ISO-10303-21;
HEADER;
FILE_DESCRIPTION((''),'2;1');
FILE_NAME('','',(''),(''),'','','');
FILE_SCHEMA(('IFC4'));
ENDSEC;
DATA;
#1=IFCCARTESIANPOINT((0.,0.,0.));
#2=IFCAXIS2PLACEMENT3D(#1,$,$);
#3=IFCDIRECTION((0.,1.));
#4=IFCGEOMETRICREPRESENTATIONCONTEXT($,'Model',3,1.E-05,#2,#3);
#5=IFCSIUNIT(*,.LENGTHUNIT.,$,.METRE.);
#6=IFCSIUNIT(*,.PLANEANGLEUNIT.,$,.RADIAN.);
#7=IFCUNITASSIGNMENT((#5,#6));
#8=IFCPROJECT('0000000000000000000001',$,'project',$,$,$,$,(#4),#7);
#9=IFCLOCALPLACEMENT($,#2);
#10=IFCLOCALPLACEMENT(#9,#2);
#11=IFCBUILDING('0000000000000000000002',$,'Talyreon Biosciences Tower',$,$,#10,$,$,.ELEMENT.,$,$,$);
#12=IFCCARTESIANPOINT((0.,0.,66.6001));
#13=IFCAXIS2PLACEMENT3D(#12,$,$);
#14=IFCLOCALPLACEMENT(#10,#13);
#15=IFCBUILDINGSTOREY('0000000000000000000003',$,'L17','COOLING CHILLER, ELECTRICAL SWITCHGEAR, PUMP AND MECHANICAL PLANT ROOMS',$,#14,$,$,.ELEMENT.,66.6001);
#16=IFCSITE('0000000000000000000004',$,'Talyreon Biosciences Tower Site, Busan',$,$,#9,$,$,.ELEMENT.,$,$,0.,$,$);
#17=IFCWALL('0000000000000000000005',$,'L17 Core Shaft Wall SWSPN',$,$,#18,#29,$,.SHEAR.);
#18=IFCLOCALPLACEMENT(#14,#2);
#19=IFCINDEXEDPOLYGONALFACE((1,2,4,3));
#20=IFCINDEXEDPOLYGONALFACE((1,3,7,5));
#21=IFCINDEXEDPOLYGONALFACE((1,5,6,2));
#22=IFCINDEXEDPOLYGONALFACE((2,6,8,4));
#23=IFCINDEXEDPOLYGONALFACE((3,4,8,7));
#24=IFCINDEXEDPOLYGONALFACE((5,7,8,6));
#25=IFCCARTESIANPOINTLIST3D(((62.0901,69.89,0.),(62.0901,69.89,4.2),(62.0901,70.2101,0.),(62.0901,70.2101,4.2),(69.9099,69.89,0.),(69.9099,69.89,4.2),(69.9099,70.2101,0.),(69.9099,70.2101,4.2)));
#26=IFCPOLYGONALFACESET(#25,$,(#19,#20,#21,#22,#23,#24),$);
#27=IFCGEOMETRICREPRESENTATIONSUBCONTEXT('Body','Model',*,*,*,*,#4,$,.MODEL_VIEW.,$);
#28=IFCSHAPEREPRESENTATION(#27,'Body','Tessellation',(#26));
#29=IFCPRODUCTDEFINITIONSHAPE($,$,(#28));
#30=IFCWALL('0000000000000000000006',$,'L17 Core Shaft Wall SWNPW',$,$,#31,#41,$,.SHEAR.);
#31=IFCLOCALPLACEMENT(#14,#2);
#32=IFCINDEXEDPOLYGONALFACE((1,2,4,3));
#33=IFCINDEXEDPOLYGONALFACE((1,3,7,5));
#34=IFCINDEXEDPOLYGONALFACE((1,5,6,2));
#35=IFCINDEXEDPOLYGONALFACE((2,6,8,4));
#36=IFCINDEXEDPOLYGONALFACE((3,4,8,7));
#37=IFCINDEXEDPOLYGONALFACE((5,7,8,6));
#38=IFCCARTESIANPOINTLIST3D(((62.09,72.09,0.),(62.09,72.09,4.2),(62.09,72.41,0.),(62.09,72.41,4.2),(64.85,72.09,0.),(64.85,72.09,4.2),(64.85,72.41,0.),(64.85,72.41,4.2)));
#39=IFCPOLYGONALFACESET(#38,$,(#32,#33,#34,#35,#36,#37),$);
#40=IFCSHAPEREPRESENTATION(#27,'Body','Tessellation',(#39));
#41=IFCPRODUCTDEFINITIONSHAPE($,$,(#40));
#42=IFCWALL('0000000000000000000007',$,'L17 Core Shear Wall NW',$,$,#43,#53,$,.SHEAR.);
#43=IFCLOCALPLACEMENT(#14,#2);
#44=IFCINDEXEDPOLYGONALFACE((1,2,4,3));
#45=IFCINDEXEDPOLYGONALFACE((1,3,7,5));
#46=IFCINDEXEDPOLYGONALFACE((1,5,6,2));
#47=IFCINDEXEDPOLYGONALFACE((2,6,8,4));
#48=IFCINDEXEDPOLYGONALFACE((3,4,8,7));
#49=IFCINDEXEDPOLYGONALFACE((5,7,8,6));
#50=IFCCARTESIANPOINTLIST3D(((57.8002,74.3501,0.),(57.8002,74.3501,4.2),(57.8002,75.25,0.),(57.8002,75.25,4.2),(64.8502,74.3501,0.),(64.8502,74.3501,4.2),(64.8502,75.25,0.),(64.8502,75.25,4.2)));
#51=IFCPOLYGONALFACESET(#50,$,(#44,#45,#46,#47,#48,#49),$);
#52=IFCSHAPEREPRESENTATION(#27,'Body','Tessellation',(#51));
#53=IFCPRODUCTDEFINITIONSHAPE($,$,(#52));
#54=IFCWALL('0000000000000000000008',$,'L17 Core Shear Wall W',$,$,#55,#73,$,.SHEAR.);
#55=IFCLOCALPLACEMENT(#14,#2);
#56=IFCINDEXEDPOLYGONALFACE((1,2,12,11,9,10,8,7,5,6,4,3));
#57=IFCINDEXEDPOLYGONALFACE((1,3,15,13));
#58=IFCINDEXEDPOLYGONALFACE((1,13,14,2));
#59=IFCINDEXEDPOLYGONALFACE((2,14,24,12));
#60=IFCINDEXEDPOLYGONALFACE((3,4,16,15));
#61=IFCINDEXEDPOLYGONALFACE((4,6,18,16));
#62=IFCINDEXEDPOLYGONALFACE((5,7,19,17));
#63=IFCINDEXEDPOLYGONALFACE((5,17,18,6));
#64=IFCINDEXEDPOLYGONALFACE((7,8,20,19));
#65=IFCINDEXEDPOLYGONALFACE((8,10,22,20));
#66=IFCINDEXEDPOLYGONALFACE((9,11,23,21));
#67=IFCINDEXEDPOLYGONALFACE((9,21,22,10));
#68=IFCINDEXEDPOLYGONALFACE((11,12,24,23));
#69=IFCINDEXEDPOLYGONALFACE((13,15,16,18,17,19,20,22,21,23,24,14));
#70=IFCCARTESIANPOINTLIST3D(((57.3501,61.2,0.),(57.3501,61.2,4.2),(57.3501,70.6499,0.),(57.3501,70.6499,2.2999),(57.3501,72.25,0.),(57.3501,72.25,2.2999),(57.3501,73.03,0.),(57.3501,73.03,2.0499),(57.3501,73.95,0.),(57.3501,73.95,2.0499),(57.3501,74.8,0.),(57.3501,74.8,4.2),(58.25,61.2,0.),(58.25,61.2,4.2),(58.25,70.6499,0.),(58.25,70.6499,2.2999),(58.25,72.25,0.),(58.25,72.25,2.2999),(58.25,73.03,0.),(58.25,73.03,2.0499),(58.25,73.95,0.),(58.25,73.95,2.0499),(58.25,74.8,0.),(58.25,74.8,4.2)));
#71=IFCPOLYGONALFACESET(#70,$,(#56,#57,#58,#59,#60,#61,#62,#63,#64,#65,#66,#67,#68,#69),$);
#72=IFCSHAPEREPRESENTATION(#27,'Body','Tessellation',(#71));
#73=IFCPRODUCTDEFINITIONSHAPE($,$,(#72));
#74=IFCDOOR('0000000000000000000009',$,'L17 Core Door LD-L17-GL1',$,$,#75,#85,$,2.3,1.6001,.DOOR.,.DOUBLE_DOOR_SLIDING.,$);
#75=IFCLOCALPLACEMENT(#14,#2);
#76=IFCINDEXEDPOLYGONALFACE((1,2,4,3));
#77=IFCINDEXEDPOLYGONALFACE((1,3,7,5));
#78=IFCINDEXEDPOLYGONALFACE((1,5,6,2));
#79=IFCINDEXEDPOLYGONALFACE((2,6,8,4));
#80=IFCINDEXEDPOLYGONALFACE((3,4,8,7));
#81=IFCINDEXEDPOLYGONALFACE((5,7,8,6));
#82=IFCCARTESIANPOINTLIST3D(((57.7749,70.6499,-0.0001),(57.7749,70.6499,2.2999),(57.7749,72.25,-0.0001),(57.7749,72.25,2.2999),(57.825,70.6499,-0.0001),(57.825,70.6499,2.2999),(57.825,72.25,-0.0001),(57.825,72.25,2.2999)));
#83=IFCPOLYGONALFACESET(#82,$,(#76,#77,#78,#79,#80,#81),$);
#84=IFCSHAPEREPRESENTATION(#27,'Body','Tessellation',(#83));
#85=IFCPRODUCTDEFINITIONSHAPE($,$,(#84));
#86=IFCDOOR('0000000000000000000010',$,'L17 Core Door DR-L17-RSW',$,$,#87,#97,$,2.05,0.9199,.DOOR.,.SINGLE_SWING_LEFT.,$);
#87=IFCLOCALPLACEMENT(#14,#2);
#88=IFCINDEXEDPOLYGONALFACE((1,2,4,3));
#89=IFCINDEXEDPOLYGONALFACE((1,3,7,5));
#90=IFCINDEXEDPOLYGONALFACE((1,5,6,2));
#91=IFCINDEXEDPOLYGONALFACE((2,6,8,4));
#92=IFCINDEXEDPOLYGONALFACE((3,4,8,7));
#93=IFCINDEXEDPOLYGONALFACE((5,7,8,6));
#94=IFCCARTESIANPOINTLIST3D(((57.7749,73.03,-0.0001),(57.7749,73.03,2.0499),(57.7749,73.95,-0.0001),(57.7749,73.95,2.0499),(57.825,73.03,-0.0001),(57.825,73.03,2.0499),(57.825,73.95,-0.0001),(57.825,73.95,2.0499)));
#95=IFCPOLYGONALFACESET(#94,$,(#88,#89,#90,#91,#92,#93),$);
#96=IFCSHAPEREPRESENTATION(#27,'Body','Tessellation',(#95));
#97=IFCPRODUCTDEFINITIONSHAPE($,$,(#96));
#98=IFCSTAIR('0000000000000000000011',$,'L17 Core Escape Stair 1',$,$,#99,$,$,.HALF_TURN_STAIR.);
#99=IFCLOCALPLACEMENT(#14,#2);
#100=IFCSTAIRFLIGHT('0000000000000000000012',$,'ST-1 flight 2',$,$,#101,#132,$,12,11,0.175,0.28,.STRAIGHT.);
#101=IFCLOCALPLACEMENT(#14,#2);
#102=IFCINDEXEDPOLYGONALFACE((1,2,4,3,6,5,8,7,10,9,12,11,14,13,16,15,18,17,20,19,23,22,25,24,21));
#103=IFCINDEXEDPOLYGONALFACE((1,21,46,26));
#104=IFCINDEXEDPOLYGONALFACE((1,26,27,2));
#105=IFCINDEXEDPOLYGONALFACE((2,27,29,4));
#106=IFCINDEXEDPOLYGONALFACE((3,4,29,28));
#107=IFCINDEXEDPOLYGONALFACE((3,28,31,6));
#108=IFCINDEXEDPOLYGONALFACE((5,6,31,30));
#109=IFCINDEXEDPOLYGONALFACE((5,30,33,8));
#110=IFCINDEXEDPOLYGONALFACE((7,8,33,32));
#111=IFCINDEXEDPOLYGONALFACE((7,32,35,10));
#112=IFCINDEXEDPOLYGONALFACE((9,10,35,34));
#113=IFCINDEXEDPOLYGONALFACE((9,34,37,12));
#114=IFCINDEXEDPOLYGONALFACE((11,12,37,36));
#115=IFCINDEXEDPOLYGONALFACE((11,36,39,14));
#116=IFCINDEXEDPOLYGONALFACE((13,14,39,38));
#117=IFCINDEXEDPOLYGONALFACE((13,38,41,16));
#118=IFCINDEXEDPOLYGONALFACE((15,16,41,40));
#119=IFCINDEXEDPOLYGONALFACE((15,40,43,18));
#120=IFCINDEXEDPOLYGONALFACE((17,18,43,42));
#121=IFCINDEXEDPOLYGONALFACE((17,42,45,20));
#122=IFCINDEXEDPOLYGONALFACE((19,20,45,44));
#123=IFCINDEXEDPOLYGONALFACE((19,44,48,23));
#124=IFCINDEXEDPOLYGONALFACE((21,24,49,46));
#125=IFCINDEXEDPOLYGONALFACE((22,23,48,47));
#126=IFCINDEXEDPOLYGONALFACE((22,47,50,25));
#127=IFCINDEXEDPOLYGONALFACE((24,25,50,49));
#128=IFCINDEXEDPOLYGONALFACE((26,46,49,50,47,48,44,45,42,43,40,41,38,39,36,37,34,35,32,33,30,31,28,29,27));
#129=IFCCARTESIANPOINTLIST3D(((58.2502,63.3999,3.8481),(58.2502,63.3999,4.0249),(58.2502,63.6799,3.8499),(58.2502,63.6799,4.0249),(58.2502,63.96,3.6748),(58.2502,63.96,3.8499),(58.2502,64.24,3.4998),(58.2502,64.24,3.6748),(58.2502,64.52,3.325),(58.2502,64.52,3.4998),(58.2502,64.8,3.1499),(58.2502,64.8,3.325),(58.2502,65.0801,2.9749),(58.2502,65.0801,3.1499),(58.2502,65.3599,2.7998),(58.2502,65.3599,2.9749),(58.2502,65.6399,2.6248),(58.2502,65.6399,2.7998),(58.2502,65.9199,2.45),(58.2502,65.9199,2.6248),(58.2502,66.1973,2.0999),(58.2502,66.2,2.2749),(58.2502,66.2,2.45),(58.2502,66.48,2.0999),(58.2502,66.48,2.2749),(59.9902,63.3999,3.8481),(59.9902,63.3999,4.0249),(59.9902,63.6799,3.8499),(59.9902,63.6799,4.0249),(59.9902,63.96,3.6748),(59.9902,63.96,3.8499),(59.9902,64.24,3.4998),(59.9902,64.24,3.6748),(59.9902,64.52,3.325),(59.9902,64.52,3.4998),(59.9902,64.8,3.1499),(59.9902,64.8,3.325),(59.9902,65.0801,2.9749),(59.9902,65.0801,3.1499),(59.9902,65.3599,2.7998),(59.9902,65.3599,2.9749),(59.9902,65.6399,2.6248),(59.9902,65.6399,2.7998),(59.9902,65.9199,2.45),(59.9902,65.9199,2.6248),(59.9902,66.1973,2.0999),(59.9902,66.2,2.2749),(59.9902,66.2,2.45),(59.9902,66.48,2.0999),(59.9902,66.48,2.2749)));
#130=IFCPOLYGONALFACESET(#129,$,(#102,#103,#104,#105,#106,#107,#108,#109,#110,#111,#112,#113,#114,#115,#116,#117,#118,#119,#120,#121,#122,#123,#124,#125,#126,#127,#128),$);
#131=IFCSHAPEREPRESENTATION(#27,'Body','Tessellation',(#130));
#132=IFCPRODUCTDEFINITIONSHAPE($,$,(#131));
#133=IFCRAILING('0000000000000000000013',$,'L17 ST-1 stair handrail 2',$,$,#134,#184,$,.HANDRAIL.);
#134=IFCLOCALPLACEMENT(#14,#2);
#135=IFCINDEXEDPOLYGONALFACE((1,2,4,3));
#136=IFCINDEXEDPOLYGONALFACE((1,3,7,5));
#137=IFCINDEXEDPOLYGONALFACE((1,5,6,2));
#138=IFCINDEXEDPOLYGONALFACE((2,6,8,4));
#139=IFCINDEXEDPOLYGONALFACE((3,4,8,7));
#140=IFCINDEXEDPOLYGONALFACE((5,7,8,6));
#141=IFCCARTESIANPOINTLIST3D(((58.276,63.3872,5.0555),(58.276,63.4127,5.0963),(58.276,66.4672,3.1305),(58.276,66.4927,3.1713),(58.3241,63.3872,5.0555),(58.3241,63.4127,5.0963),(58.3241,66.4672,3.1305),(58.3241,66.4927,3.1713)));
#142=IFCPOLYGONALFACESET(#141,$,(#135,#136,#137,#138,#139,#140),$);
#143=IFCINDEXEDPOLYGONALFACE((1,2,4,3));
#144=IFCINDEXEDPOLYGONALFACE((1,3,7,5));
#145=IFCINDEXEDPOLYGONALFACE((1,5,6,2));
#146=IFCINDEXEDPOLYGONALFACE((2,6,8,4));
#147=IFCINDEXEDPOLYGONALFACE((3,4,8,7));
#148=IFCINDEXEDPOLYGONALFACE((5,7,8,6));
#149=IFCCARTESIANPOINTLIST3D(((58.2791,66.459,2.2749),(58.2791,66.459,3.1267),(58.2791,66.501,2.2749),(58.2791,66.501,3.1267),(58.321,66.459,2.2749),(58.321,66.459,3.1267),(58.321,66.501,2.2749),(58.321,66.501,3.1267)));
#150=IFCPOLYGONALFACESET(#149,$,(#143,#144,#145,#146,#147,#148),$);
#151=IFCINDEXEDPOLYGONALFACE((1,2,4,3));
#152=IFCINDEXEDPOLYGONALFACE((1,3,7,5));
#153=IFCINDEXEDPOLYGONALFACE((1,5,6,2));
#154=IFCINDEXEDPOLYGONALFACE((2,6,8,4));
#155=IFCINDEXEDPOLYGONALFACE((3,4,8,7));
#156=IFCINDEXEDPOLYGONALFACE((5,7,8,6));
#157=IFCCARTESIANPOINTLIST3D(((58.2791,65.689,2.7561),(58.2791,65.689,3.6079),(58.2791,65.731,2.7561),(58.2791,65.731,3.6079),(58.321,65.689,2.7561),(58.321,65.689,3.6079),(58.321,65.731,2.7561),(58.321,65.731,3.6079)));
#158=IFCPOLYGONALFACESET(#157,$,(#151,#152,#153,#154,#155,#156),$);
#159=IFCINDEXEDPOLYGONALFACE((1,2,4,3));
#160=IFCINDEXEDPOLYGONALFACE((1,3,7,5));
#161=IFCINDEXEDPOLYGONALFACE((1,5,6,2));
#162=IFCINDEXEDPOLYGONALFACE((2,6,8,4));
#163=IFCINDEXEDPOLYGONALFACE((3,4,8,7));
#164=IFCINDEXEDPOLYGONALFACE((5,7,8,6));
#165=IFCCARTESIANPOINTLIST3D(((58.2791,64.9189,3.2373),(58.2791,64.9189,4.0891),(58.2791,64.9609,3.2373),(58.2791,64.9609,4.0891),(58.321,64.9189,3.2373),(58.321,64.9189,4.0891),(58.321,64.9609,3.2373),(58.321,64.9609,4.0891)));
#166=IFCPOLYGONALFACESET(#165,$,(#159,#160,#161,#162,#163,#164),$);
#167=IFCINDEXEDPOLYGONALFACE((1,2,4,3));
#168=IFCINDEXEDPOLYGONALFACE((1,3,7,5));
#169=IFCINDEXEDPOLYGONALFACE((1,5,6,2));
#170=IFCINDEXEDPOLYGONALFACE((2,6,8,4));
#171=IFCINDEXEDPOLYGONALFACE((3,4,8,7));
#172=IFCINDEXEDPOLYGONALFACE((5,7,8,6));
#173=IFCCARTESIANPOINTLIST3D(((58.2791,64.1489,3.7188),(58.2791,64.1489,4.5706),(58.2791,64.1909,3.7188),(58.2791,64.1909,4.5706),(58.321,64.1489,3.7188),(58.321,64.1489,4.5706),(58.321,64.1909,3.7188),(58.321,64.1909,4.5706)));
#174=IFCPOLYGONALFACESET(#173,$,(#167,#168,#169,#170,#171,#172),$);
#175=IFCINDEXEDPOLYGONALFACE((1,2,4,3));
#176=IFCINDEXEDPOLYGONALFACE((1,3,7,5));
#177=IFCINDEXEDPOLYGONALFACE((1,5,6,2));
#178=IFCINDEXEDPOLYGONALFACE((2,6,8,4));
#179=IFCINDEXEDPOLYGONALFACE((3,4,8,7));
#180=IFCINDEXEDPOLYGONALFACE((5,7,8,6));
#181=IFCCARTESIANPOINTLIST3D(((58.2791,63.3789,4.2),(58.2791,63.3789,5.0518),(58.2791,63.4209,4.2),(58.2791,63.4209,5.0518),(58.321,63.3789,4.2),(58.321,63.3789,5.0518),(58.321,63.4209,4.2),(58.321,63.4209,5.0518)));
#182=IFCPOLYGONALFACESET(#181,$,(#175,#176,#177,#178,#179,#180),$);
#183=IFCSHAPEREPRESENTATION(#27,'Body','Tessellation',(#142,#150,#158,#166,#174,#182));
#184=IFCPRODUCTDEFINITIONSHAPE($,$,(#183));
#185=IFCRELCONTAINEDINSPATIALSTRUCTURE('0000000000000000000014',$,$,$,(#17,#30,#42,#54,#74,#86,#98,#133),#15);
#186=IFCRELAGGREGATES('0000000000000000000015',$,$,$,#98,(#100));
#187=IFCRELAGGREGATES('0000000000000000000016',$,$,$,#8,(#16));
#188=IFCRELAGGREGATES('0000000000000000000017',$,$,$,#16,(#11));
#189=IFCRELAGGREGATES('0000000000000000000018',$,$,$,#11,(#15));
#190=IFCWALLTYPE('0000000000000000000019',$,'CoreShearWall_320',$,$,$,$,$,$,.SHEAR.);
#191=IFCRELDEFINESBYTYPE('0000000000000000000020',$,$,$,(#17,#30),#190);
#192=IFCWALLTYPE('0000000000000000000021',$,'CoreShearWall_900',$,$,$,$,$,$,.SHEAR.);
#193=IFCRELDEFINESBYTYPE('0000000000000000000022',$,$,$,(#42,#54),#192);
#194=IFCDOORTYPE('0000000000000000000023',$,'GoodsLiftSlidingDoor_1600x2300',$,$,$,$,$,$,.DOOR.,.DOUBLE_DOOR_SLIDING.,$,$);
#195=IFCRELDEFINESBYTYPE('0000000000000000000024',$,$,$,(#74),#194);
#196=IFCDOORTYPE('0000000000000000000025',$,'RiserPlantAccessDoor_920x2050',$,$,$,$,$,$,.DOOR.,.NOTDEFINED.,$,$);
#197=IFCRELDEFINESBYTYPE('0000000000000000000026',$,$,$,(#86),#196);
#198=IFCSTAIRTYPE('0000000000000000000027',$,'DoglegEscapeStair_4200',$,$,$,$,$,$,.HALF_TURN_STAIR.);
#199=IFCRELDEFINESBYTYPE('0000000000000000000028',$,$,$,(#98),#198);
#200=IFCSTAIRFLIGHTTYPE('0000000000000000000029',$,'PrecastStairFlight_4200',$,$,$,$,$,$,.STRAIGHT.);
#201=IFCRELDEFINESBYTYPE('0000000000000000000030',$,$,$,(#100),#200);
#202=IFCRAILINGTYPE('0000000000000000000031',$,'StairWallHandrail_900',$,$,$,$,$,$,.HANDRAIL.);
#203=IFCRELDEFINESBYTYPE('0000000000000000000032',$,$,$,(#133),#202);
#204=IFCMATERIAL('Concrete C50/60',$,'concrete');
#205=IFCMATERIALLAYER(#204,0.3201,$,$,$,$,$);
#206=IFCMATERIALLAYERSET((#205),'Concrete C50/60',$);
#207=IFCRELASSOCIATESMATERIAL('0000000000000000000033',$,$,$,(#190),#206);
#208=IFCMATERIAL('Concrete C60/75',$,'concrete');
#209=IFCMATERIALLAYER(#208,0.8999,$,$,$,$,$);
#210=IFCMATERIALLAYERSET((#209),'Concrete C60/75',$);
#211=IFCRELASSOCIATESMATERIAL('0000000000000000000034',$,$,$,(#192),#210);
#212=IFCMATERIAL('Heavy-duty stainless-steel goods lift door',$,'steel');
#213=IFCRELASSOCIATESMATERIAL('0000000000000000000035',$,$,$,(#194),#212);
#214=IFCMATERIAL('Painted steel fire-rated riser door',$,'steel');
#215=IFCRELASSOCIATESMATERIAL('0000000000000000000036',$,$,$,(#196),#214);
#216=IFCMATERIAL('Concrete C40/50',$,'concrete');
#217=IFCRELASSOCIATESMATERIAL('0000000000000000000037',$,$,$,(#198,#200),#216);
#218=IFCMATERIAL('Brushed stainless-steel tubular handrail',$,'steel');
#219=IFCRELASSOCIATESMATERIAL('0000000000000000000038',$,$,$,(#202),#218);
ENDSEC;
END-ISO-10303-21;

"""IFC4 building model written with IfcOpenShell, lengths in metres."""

from ifc_helpers import new_model, si_unit, direction, frame, frame_2d, origin, origin_2d, place, context, subcontext, project, spatial, polyline, rectangle, outline, extrude, material, layer, layer_set, type_object, element, fill, aggregate, save


model = new_model("IFC4")

# Units and contexts
model_context = context("Model", 3, precision=1e-05, world=origin(), true_north=direction((0.0, 1.0)))
body_context = subcontext(model_context, "Body", "Model", "MODEL_VIEW")
ifc_project = project(units=[si_unit("LENGTHUNIT", "METRE"), si_unit("PLANEANGLEUNIT", "RADIAN")], contexts=[model_context])

# Site, building, storey
site_placement = place(None, origin())
site = spatial("IfcSite", under=ifc_project, at=site_placement, Name="Talyreon Biosciences Tower Site, Busan", CompositionType="ELEMENT", RefElevation=0.0)
building_placement = place(site_placement, origin())
building = spatial("IfcBuilding", under=site, at=building_placement, Name="Talyreon Biosciences Tower", CompositionType="ELEMENT")
storey_placement = place(building_placement, frame((0.0, 0.0, 66.6001)))
storey = spatial("IfcBuildingStorey", under=building, at=storey_placement, Name="L17", Description="COOLING CHILLER, ELECTRICAL SWITCHGEAR, PUMP AND MECHANICAL PLANT ROOMS", CompositionType="ELEMENT", Elevation=66.6001)

# Shared definitions
ifc_material_1 = material(Name="Concrete C60/75", Category="concrete")

# Walls
ifc_material_2 = material(Name="Concrete C50/60", Category="concrete")
ifc_layer_1 = layer(ifc_material_2, 0.3201)
ifc_layer_set_1 = layer_set([ifc_layer_1], Name="Concrete C50/60")
wall_type_1 = type_object("IfcWallType", Name="CoreShearWall_320", PredefinedType="SHEAR", material=ifc_layer_set_1)
for number, where, z_axis, x_axis, name in (
    (1, (62.0901, 70.05, 0.0), (0.0, 0.0, 1.0), (1.0, 0.0, 0.0), "L17 Core Shaft Wall SWSPN"),
):
    element("IfcWall", number, at=place(storey_placement, frame(where, z_axis=z_axis, x_axis=x_axis)), inside=storey, type_object=wall_type_1, Name=name, PredefinedType="SHEAR", context=body_context, shape_type="SweptSolid", body=[
        extrude(rectangle(XDim=7.8198, YDim=0.3201, at=frame_2d((3.9099, 0.0))), origin(), (0.0, 0.0, 1.0), 4.2),
    ])
wall_1_placement = place(storey_placement, frame((62.0901, 72.25, 0.0), z_axis=(0.0, 0.0, 1.0), x_axis=(1.0, 0.0, 0.0)))
element("IfcWall", 2, at=wall_1_placement, inside=storey, type_object=wall_type_1, Name="L17 Core Shaft Wall SWNPW", PredefinedType="SHEAR", context=body_context, shape_type="SweptSolid", body=[
    extrude(rectangle(XDim=2.76, YDim=0.3201, at=frame_2d((1.3799, 0.0))), origin(), (0.0, 0.0, 1.0), 4.2),
])
ifc_layer_2 = layer(ifc_material_1, 0.8999)
ifc_layer_set_2 = layer_set([ifc_layer_2], Name="Concrete C60/75")
wall_type_2 = type_object("IfcWallType", Name="CoreShearWall_900", PredefinedType="SHEAR", material=ifc_layer_set_2)
wall_2_placement = place(storey_placement, frame((64.8501, 74.8, 0.0), z_axis=(0.0, 0.0, 1.0), x_axis=(-1.0, 0.0, 0.0)))
element("IfcWall", 3, at=wall_2_placement, inside=storey, type_object=wall_type_2, Name="L17 Core Shear Wall NW", PredefinedType="SHEAR", context=body_context, shape_type="SweptSolid", body=[
    extrude(rectangle(XDim=7.05, YDim=0.8999, at=frame_2d((3.5249, 0.0))), origin(), (0.0, 0.0, 1.0), 4.2),
])

# Wall, openings, doors
wall_3_placement = place(storey_placement, frame((57.8, 74.8, 0.0), z_axis=(0.0, 0.0, 1.0), x_axis=(0.0, -1.0, 0.0)))
wall_3 = element("IfcWall", 4, at=wall_3_placement, inside=storey, type_object=wall_type_2, Name="L17 Core Shear Wall W", PredefinedType="SHEAR", context=body_context, shape_type="SweptSolid", body=[
    extrude(rectangle(XDim=13.6001, YDim=0.8999, at=frame_2d((6.8, 0.0))), origin(), (0.0, 0.0, 1.0), 4.2),
])
opening_1_placement = place(wall_3_placement, frame((0.8501, 0.0, 0.0)))
opening_1 = element("IfcOpeningElement", 5, at=opening_1_placement, cuts=wall_3, PredefinedType="OPENING", context=body_context, shape_type="SweptSolid", body=[
    extrude(rectangle(XDim=0.9199, YDim=2.05, at=frame_2d((0.46, 1.0249))), frame((0.0, 0.46, 0.0), z_axis=(0.0, -1.0, 0.0), x_axis=(1.0, 0.0, 0.0)), (0.0, 0.0, 1.0), 0.9199),
])
opening_2_placement = place(wall_3_placement, frame((2.55, 0.0, 0.0)))
opening_2 = element("IfcOpeningElement", 6, at=opening_2_placement, cuts=wall_3, PredefinedType="OPENING", context=body_context, shape_type="SweptSolid", body=[
    extrude(rectangle(XDim=1.6001, YDim=2.3, at=frame_2d((0.8, 1.1499))), frame((0.0, 0.46, 0.0), z_axis=(0.0, -1.0, 0.0), x_axis=(1.0, 0.0, 0.0)), (0.0, 0.0, 1.0), 0.9199),
])
ifc_material_3 = material(Name="Heavy-duty stainless-steel goods lift door", Category="steel")
door_type_1 = type_object("IfcDoorType", Name="GoodsLiftSlidingDoor_1600x2300", OperationType="DOUBLE_DOOR_SLIDING", PredefinedType="DOOR", material=ifc_material_3)
door_1_placement = place(opening_2_placement, origin())
door_1 = element("IfcDoor", 7, at=door_1_placement, inside=storey, type_object=door_type_1, Name="L17 Core Door LD-L17-GL1", OperationType="DOUBLE_DOOR_SLIDING", OverallHeight=2.3, OverallWidth=1.6001, PredefinedType="DOOR", context=body_context, shape_type="SweptSolid", body=[
    extrude(rectangle(XDim=1.6001, YDim=2.3, at=frame_2d((0.8, 1.1499))), frame((0.0, 0.0249, 0.0), z_axis=(0.0, -1.0, 0.0), x_axis=(1.0, 0.0, 0.0)), (0.0, 0.0, 1.0), 0.05),
])
fill(opening_2, door_1)
ifc_material_4 = material(Name="Painted steel fire-rated riser door", Category="steel")
door_type_2 = type_object("IfcDoorType", Name="RiserPlantAccessDoor_920x2050", OperationType="NOTDEFINED", PredefinedType="DOOR", material=ifc_material_4)
door_2_placement = place(opening_1_placement, origin())
door_2 = element("IfcDoor", 8, at=door_2_placement, inside=storey, type_object=door_type_2, Name="L17 Core Door DR-L17-RSW", OperationType="SINGLE_SWING_LEFT", OverallHeight=2.05, OverallWidth=0.9199, PredefinedType="DOOR", context=body_context, shape_type="SweptSolid", body=[
    extrude(rectangle(XDim=0.9199, YDim=2.05, at=frame_2d((0.46, 1.0249))), frame((0.0, 0.0249, 0.0), z_axis=(0.0, -1.0, 0.0), x_axis=(1.0, 0.0, 0.0)), (0.0, 0.0, 1.0), 0.05),
])
fill(opening_1, door_2)

# Stair, stair flight
ifc_material_5 = material(Name="Concrete C40/50", Category="concrete")
stair_type = type_object("IfcStairType", Name="DoglegEscapeStair_4200", PredefinedType="HALF_TURN_STAIR", material=ifc_material_5)
stair_placement = place(storey_placement, origin())
stair = element("IfcStair", 9, at=stair_placement, inside=storey, type_object=stair_type, Name="L17 Core Escape Stair 1", PredefinedType="HALF_TURN_STAIR")
stair_flight_type = type_object("IfcStairFlightType", Name="PrecastStairFlight_4200", PredefinedType="STRAIGHT", material=ifc_material_5)
stair_flight_placement = place(storey_placement, frame((59.1201, 66.48, 2.0999), z_axis=(0.0, 0.0, 1.0), x_axis=(0.0, -1.0, 0.0)))
stair_flight = element("IfcStairFlight", 10, at=stair_flight_placement, type_object=stair_flight_type, Name="ST-1 flight 2", NumberOfRisers=12, NumberOfTreads=11, PredefinedType="STRAIGHT", RiserHeight=0.175, TreadLength=0.28, context=body_context, shape_type="SweptSolid", body=[
    extrude(outline(polyline([(0.0, 0.0), (0.0, 0.175), (0.28, 0.175), (0.28, 0.3501), (0.5601, 0.3501), (0.5601, 0.5249), (0.8401, 0.5249), (0.8401, 0.7), (1.1201, 0.7), (1.1201, 0.875), (1.3999, 0.875), (1.3999, 1.05), (1.6799, 1.05), (1.6799, 1.2251), (1.96, 1.2251), (1.96, 1.3999), (2.24, 1.3999), (2.24, 1.575), (2.52, 1.575), (2.52, 1.75), (2.8, 1.75), (2.8, 1.925), (3.0801, 1.925), (3.0801, 2.1001), (3.0801, 1.7483), (0.2827, 0.0), (0.0, 0.0)])), frame((0.0, 0.8701, 0.0), z_axis=(0.0, -1.0, 0.0), x_axis=(1.0, 0.0, 0.0)), (0.0, 0.0, 1.0), 1.74),
])
aggregate(stair, [stair_flight])

# Railing
ifc_material_6 = material(Name="Brushed stainless-steel tubular handrail", Category="steel")
railing_type_1 = type_object("IfcRailingType", Name="StairWallHandrail_900", PredefinedType="HANDRAIL", material=ifc_material_6)
railing_1_placement = place(storey_placement, frame((58.3, 66.48, 2.2749)))
element("IfcRailing", 11, at=railing_1_placement, inside=storey, type_object=railing_type_1, Name="L17 ST-1 stair handrail 2", PredefinedType="HANDRAIL", context=body_context, shape_type="SweptSolid", body=[
    extrude(rectangle(XDim=0.0481, YDim=0.0481, at=origin_2d()), frame((0.0, 0.0, 0.876), z_axis=(0.0, -0.847998, 0.529999), x_axis=(1.0, 0.0, 0.0)), (0.0, 0.0, 1.0), 3.6321),
    extrude(rectangle(XDim=0.042, YDim=0.042, at=origin_2d()), origin(), (0.0, 0.0, 1.0), 0.8518),
    extrude(rectangle(XDim=0.042, YDim=0.042, at=origin_2d()), frame((0.0, -0.77, 0.4812)), (0.0, 0.0, 1.0), 0.8518),
    extrude(rectangle(XDim=0.042, YDim=0.042, at=origin_2d()), frame((0.0, -1.54, 0.9624)), (0.0, 0.0, 1.0), 0.8518),
    extrude(rectangle(XDim=0.042, YDim=0.042, at=origin_2d()), frame((0.0, -2.3101, 1.4438)), (0.0, 0.0, 1.0), 0.8518),
    extrude(rectangle(XDim=0.042, YDim=0.042, at=origin_2d()), frame((0.0, -3.0801, 1.925)), (0.0, 0.0, 1.0), 0.8518),
])

save(model, "model.ifc")
